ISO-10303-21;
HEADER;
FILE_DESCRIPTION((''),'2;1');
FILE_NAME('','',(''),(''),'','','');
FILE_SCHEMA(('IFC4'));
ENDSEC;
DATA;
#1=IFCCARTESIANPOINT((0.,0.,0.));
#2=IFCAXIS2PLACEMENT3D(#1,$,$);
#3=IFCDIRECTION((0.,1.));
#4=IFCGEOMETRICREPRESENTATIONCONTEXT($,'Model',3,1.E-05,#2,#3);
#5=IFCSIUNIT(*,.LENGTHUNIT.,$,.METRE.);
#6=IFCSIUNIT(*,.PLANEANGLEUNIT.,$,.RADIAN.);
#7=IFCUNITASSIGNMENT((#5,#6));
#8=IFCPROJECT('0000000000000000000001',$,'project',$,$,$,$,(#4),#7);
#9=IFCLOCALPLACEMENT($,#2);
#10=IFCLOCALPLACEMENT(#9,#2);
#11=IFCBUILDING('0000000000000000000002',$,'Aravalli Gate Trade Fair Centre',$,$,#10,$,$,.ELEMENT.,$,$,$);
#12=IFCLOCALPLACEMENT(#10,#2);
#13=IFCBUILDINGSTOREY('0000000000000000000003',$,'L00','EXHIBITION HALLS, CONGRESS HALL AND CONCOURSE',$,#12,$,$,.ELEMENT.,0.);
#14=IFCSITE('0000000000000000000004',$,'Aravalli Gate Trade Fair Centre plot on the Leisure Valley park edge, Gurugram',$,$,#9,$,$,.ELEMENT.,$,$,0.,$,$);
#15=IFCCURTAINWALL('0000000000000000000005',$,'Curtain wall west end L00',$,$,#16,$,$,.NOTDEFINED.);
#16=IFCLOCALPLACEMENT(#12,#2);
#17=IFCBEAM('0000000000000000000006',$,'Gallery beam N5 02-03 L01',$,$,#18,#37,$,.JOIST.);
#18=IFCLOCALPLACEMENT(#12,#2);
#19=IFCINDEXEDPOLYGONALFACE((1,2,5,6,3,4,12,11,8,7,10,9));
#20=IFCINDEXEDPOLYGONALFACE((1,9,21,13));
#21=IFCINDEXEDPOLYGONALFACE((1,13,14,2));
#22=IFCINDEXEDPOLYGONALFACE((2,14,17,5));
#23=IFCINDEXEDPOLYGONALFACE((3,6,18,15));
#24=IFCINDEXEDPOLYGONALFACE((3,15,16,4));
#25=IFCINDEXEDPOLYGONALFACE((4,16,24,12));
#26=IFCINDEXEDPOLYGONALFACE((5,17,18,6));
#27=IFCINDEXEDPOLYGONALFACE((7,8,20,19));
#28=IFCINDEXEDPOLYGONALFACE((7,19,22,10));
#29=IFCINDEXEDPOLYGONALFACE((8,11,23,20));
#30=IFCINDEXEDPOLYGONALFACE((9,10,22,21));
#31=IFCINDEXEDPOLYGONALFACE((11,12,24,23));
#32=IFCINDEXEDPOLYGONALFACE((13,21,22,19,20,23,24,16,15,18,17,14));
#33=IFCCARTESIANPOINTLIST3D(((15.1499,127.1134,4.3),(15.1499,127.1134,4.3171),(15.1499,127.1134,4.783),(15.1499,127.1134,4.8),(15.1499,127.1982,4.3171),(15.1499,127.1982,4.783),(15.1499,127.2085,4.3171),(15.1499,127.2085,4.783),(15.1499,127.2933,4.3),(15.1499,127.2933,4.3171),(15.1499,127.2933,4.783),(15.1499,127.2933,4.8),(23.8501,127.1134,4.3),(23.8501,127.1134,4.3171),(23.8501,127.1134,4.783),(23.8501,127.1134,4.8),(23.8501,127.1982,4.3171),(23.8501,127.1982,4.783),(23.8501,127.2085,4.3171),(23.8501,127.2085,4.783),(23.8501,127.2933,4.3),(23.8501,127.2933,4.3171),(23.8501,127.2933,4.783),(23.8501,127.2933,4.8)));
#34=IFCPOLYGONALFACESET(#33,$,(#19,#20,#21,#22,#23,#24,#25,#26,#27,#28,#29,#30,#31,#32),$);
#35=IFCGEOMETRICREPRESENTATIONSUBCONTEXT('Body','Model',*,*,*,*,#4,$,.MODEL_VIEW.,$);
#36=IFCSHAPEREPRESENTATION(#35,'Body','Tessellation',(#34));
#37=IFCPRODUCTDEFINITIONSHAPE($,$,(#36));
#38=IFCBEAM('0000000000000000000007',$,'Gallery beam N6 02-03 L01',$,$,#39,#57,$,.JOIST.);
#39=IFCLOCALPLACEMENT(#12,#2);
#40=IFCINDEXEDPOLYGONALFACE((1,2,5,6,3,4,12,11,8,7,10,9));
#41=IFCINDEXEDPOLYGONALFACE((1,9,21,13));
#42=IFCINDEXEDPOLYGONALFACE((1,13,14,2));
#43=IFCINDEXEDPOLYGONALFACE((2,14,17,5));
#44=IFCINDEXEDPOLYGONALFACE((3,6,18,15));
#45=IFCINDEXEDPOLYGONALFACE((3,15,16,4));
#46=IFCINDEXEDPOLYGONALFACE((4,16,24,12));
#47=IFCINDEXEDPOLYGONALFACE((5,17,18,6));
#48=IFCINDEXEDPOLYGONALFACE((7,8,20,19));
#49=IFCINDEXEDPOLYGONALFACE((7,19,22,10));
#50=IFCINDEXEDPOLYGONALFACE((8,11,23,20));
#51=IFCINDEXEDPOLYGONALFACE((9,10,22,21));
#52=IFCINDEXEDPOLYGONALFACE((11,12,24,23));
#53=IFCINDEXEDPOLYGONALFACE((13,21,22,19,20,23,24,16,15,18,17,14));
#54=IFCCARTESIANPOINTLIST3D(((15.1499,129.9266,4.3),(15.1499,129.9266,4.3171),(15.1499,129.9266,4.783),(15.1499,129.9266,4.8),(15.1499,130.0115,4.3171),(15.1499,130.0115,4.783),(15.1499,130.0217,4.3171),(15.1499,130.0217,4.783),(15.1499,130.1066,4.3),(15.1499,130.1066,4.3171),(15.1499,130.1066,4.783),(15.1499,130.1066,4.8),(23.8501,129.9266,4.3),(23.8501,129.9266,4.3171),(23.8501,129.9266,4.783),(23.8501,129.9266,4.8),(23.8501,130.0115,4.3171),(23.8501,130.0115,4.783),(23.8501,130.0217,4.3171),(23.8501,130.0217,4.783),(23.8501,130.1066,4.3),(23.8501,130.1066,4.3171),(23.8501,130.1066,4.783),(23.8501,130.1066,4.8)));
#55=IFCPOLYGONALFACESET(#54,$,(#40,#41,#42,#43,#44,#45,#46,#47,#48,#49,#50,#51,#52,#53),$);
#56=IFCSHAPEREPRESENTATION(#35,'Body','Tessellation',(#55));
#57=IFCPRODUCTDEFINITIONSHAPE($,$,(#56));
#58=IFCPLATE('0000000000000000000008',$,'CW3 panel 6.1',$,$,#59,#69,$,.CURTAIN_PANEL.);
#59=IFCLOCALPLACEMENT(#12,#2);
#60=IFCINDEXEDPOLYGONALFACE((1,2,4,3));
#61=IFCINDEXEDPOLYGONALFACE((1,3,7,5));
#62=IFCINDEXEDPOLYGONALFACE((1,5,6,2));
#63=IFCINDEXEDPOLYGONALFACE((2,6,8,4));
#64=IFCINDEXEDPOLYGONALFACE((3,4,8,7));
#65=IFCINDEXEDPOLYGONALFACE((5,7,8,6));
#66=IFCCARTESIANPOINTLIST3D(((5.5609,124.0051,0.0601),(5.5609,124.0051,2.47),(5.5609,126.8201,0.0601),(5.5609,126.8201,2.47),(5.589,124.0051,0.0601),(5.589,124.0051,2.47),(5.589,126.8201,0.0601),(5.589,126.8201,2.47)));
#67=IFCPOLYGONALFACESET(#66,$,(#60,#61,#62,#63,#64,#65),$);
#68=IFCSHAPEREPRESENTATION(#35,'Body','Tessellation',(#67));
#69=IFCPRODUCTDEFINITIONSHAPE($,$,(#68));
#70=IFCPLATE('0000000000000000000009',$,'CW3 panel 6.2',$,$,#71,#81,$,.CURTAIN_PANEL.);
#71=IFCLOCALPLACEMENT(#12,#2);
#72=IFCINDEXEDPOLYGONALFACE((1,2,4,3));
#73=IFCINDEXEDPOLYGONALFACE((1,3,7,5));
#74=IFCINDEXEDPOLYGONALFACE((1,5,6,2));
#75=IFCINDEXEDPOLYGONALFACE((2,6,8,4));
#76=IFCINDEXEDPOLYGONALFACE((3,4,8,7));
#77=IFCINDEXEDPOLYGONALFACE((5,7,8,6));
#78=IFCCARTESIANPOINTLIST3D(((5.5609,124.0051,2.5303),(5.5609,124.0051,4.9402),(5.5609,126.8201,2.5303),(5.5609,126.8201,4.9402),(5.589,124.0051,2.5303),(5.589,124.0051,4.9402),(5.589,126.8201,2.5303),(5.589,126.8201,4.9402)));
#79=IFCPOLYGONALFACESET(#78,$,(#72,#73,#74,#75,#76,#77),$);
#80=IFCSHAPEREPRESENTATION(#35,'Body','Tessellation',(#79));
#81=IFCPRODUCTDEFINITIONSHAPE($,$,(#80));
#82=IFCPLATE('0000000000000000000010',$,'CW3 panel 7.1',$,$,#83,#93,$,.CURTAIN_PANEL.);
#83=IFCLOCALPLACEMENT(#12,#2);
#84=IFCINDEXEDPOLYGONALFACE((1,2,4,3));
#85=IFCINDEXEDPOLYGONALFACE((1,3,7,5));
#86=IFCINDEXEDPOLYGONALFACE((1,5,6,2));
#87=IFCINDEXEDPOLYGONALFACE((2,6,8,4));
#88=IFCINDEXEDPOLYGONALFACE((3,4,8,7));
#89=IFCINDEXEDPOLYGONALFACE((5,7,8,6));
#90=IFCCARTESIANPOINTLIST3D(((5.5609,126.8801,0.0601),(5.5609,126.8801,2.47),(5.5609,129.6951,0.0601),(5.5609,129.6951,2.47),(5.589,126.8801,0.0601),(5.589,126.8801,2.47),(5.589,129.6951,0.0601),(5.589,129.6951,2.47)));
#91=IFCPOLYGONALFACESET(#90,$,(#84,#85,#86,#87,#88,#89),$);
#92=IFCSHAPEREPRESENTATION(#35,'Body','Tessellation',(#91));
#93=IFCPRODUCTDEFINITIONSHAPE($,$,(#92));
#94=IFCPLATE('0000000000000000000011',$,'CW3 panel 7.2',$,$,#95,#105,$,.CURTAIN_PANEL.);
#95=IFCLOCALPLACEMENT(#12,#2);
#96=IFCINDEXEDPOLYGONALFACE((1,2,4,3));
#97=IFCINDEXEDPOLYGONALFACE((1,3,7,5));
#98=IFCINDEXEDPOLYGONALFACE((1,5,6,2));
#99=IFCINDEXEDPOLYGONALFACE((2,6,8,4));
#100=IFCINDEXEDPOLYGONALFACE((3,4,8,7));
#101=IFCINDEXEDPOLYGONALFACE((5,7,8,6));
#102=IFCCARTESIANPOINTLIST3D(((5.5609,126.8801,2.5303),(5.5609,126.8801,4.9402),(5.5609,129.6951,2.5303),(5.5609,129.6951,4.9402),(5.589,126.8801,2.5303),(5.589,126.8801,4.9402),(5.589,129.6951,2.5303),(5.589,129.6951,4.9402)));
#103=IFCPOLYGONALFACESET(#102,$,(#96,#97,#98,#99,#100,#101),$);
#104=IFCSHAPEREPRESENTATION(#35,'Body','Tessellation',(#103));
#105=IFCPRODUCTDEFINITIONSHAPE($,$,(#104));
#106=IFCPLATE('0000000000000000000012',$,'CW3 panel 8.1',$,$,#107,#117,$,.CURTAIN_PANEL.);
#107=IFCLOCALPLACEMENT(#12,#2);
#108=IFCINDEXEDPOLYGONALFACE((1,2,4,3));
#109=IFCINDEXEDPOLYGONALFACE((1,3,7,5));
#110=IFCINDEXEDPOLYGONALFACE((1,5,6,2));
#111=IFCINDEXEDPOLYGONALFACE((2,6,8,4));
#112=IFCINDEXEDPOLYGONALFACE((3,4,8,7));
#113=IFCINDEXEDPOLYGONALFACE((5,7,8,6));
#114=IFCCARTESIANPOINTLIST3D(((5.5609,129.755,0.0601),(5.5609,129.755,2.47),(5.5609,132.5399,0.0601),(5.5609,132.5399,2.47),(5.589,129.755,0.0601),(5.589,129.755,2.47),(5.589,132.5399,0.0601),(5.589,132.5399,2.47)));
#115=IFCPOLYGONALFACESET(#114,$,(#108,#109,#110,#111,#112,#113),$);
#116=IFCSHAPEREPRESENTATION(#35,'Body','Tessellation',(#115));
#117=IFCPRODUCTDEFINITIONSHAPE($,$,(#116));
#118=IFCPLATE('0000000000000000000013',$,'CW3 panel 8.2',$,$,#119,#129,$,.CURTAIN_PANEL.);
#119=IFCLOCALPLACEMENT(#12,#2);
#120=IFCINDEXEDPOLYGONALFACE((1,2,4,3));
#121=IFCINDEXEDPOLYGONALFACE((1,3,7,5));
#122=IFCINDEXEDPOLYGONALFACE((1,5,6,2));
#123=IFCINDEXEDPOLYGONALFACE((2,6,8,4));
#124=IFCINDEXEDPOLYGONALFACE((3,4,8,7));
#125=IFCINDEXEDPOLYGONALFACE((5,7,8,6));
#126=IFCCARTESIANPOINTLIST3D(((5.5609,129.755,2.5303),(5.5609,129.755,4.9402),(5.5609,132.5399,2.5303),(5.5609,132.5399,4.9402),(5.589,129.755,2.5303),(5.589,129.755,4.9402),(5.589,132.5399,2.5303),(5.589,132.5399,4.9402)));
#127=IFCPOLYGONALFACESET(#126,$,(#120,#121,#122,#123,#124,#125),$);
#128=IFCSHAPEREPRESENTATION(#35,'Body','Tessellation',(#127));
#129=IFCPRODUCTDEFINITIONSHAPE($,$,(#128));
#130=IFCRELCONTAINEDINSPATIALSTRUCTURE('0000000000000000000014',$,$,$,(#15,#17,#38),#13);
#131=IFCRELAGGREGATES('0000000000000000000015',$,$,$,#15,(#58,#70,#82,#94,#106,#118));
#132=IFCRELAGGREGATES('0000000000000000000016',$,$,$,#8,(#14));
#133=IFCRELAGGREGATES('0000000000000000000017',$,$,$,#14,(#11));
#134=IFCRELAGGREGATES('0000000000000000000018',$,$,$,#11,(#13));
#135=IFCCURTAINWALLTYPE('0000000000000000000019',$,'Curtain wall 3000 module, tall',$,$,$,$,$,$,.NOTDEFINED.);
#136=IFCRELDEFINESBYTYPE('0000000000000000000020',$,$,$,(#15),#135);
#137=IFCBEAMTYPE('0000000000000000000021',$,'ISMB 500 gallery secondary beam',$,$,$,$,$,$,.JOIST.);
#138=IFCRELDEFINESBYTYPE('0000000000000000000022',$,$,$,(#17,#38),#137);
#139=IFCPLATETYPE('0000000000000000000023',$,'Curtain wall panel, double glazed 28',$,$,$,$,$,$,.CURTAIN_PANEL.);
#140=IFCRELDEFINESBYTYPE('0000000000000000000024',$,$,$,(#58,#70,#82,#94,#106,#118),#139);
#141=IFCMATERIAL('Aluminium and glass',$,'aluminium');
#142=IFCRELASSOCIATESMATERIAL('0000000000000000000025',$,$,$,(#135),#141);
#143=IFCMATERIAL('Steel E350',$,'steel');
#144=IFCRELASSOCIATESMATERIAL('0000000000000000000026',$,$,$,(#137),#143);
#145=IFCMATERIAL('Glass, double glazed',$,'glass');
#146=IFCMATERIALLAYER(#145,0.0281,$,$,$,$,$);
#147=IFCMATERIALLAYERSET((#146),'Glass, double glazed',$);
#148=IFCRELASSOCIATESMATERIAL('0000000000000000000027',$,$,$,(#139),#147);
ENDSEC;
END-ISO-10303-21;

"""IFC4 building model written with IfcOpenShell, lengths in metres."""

from ifc_helpers import new_model, si_unit, direction, frame, origin, origin_2d, place, context, subcontext, project, spatial, rectangle, i_section, extrude, material, layer, layer_set, material_profile, profile_set, type_object, element, aggregate, save


model = new_model("IFC4")

# Units and contexts
model_context = context("Model", 3, precision=1e-05, world=origin(), true_north=direction((0.0, 1.0)))
body_context = subcontext(model_context, "Body", "Model", "MODEL_VIEW")
ifc_project = project(units=[si_unit("LENGTHUNIT", "METRE"), si_unit("PLANEANGLEUNIT", "RADIAN")], contexts=[model_context])

# Site, building, storey
site_placement = place(None, origin())
site = spatial("IfcSite", under=ifc_project, at=site_placement, Name="Aravalli Gate Trade Fair Centre plot on the Leisure Valley park edge, Gurugram", CompositionType="ELEMENT", RefElevation=0.0)
building_placement = place(site_placement, origin())
building = spatial("IfcBuilding", under=site, at=building_placement, Name="Aravalli Gate Trade Fair Centre", CompositionType="ELEMENT")
storey_placement = place(building_placement, origin())
storey = spatial("IfcBuildingStorey", under=building, at=storey_placement, Name="L00", Description="EXHIBITION HALLS, CONGRESS HALL AND CONCOURSE", CompositionType="ELEMENT", Elevation=0.0)

# Curtain wall
ifc_material_1 = material(Name="Aluminium and glass", Category="aluminium")
curtain_wall_type = type_object("IfcCurtainWallType", Name="Curtain wall 3000 module, tall", PredefinedType="NOTDEFINED", material=ifc_material_1)
curtain_wall_placement = place(storey_placement, origin())
curtain_wall = element("IfcCurtainWall", 1, at=curtain_wall_placement, inside=storey, type_object=curtain_wall_type, Name="Curtain wall west end L00", PredefinedType="NOTDEFINED")

# Beams
ifc_material_2 = material(Name="Steel E350", Category="steel")
ifc_material_profile_1 = material_profile(ifc_material_2, i_section(OverallWidth=0.1799, OverallDepth=0.5, WebThickness=0.0103, FlangeThickness=0.0171, at=origin_2d()), Name="ISMB 500")
ifc_profile_set_1 = profile_set([ifc_material_profile_1], Name="Steel E350")
beam_type = type_object("IfcBeamType", Name="ISMB 500 gallery secondary beam", PredefinedType="JOIST", material=ifc_profile_set_1)
for number, where, z_axis, x_axis, name in (
    (2, (15.1499, 127.2034, 4.55), (1.0, 0.0, 0.0), (0.0, 1.0, 0.0), "Gallery beam N5 02-03 L01"),
    (3, (15.1499, 130.0166, 4.55), (1.0, 0.0, 0.0), (0.0, 1.0, 0.0), "Gallery beam N6 02-03 L01"),
):
    element("IfcBeam", number, at=place(storey_placement, frame(where, z_axis=z_axis, x_axis=x_axis)), inside=storey, type_object=beam_type, Name=name, PredefinedType="JOIST", context=body_context, shape_type="SweptSolid", body=[
        extrude(i_section(OverallWidth=0.1799, OverallDepth=0.5, WebThickness=0.0103, FlangeThickness=0.0171, at=origin_2d()), origin(), (0.0, 0.0, 1.0), 8.7002),
    ])

# Plates
ifc_material_3 = material(Name="Glass, double glazed", Category="glass")
ifc_layer = layer(ifc_material_3, 0.0281)
ifc_layer_set = layer_set([ifc_layer], Name="Glass, double glazed")
plate_type = type_object("IfcPlateType", Name="Curtain wall panel, double glazed 28", PredefinedType="CURTAIN_PANEL", material=ifc_layer_set)
plate_1_placement = place(storey_placement, frame((5.575, 125.4126, 0.0601), z_axis=(0.0, 0.0, 1.0), x_axis=(0.0, 1.0, 0.0)))
plate_1 = element("IfcPlate", 4, at=plate_1_placement, type_object=plate_type, Name="CW3 panel 6.1", PredefinedType="CURTAIN_PANEL", context=body_context, shape_type="SweptSolid", body=[
    extrude(rectangle(XDim=2.8149, YDim=0.0281, at=origin_2d()), origin(), (0.0, 0.0, 1.0), 2.4099),
])
plate_2_placement = place(storey_placement, frame((5.575, 125.4126, 2.5303), z_axis=(0.0, 0.0, 1.0), x_axis=(0.0, 1.0, 0.0)))
plate_2 = element("IfcPlate", 5, at=plate_2_placement, type_object=plate_type, Name="CW3 panel 6.2", PredefinedType="CURTAIN_PANEL", context=body_context, shape_type="SweptSolid", body=[
    extrude(rectangle(XDim=2.8149, YDim=0.0281, at=origin_2d()), origin(), (0.0, 0.0, 1.0), 2.4099),
])
plate_3_placement = place(storey_placement, frame((5.575, 128.2876, 0.0601), z_axis=(0.0, 0.0, 1.0), x_axis=(0.0, 1.0, 0.0)))
plate_3 = element("IfcPlate", 6, at=plate_3_placement, type_object=plate_type, Name="CW3 panel 7.1", PredefinedType="CURTAIN_PANEL", context=body_context, shape_type="SweptSolid", body=[
    extrude(rectangle(XDim=2.8149, YDim=0.0281, at=origin_2d()), origin(), (0.0, 0.0, 1.0), 2.4099),
])
plate_4_placement = place(storey_placement, frame((5.575, 128.2876, 2.5303), z_axis=(0.0, 0.0, 1.0), x_axis=(0.0, 1.0, 0.0)))
plate_4 = element("IfcPlate", 7, at=plate_4_placement, type_object=plate_type, Name="CW3 panel 7.2", PredefinedType="CURTAIN_PANEL", context=body_context, shape_type="SweptSolid", body=[
    extrude(rectangle(XDim=2.8149, YDim=0.0281, at=origin_2d()), origin(), (0.0, 0.0, 1.0), 2.4099),
])
plate_5_placement = place(storey_placement, frame((5.575, 131.1475, 0.0601), z_axis=(0.0, 0.0, 1.0), x_axis=(0.0, 1.0, 0.0)))
plate_5 = element("IfcPlate", 8, at=plate_5_placement, type_object=plate_type, Name="CW3 panel 8.1", PredefinedType="CURTAIN_PANEL", context=body_context, shape_type="SweptSolid", body=[
    extrude(rectangle(XDim=2.7849, YDim=0.0281, at=origin_2d()), origin(), (0.0, 0.0, 1.0), 2.4099),
])
plate_6_placement = place(storey_placement, frame((5.575, 131.1475, 2.5303), z_axis=(0.0, 0.0, 1.0), x_axis=(0.0, 1.0, 0.0)))
plate_6 = element("IfcPlate", 9, at=plate_6_placement, type_object=plate_type, Name="CW3 panel 8.2", PredefinedType="CURTAIN_PANEL", context=body_context, shape_type="SweptSolid", body=[
    extrude(rectangle(XDim=2.7849, YDim=0.0281, at=origin_2d()), origin(), (0.0, 0.0, 1.0), 2.4099),
])
aggregate(curtain_wall, [plate_1, plate_2, plate_3, plate_4, plate_5, plate_6])

save(model, "model.ifc")
